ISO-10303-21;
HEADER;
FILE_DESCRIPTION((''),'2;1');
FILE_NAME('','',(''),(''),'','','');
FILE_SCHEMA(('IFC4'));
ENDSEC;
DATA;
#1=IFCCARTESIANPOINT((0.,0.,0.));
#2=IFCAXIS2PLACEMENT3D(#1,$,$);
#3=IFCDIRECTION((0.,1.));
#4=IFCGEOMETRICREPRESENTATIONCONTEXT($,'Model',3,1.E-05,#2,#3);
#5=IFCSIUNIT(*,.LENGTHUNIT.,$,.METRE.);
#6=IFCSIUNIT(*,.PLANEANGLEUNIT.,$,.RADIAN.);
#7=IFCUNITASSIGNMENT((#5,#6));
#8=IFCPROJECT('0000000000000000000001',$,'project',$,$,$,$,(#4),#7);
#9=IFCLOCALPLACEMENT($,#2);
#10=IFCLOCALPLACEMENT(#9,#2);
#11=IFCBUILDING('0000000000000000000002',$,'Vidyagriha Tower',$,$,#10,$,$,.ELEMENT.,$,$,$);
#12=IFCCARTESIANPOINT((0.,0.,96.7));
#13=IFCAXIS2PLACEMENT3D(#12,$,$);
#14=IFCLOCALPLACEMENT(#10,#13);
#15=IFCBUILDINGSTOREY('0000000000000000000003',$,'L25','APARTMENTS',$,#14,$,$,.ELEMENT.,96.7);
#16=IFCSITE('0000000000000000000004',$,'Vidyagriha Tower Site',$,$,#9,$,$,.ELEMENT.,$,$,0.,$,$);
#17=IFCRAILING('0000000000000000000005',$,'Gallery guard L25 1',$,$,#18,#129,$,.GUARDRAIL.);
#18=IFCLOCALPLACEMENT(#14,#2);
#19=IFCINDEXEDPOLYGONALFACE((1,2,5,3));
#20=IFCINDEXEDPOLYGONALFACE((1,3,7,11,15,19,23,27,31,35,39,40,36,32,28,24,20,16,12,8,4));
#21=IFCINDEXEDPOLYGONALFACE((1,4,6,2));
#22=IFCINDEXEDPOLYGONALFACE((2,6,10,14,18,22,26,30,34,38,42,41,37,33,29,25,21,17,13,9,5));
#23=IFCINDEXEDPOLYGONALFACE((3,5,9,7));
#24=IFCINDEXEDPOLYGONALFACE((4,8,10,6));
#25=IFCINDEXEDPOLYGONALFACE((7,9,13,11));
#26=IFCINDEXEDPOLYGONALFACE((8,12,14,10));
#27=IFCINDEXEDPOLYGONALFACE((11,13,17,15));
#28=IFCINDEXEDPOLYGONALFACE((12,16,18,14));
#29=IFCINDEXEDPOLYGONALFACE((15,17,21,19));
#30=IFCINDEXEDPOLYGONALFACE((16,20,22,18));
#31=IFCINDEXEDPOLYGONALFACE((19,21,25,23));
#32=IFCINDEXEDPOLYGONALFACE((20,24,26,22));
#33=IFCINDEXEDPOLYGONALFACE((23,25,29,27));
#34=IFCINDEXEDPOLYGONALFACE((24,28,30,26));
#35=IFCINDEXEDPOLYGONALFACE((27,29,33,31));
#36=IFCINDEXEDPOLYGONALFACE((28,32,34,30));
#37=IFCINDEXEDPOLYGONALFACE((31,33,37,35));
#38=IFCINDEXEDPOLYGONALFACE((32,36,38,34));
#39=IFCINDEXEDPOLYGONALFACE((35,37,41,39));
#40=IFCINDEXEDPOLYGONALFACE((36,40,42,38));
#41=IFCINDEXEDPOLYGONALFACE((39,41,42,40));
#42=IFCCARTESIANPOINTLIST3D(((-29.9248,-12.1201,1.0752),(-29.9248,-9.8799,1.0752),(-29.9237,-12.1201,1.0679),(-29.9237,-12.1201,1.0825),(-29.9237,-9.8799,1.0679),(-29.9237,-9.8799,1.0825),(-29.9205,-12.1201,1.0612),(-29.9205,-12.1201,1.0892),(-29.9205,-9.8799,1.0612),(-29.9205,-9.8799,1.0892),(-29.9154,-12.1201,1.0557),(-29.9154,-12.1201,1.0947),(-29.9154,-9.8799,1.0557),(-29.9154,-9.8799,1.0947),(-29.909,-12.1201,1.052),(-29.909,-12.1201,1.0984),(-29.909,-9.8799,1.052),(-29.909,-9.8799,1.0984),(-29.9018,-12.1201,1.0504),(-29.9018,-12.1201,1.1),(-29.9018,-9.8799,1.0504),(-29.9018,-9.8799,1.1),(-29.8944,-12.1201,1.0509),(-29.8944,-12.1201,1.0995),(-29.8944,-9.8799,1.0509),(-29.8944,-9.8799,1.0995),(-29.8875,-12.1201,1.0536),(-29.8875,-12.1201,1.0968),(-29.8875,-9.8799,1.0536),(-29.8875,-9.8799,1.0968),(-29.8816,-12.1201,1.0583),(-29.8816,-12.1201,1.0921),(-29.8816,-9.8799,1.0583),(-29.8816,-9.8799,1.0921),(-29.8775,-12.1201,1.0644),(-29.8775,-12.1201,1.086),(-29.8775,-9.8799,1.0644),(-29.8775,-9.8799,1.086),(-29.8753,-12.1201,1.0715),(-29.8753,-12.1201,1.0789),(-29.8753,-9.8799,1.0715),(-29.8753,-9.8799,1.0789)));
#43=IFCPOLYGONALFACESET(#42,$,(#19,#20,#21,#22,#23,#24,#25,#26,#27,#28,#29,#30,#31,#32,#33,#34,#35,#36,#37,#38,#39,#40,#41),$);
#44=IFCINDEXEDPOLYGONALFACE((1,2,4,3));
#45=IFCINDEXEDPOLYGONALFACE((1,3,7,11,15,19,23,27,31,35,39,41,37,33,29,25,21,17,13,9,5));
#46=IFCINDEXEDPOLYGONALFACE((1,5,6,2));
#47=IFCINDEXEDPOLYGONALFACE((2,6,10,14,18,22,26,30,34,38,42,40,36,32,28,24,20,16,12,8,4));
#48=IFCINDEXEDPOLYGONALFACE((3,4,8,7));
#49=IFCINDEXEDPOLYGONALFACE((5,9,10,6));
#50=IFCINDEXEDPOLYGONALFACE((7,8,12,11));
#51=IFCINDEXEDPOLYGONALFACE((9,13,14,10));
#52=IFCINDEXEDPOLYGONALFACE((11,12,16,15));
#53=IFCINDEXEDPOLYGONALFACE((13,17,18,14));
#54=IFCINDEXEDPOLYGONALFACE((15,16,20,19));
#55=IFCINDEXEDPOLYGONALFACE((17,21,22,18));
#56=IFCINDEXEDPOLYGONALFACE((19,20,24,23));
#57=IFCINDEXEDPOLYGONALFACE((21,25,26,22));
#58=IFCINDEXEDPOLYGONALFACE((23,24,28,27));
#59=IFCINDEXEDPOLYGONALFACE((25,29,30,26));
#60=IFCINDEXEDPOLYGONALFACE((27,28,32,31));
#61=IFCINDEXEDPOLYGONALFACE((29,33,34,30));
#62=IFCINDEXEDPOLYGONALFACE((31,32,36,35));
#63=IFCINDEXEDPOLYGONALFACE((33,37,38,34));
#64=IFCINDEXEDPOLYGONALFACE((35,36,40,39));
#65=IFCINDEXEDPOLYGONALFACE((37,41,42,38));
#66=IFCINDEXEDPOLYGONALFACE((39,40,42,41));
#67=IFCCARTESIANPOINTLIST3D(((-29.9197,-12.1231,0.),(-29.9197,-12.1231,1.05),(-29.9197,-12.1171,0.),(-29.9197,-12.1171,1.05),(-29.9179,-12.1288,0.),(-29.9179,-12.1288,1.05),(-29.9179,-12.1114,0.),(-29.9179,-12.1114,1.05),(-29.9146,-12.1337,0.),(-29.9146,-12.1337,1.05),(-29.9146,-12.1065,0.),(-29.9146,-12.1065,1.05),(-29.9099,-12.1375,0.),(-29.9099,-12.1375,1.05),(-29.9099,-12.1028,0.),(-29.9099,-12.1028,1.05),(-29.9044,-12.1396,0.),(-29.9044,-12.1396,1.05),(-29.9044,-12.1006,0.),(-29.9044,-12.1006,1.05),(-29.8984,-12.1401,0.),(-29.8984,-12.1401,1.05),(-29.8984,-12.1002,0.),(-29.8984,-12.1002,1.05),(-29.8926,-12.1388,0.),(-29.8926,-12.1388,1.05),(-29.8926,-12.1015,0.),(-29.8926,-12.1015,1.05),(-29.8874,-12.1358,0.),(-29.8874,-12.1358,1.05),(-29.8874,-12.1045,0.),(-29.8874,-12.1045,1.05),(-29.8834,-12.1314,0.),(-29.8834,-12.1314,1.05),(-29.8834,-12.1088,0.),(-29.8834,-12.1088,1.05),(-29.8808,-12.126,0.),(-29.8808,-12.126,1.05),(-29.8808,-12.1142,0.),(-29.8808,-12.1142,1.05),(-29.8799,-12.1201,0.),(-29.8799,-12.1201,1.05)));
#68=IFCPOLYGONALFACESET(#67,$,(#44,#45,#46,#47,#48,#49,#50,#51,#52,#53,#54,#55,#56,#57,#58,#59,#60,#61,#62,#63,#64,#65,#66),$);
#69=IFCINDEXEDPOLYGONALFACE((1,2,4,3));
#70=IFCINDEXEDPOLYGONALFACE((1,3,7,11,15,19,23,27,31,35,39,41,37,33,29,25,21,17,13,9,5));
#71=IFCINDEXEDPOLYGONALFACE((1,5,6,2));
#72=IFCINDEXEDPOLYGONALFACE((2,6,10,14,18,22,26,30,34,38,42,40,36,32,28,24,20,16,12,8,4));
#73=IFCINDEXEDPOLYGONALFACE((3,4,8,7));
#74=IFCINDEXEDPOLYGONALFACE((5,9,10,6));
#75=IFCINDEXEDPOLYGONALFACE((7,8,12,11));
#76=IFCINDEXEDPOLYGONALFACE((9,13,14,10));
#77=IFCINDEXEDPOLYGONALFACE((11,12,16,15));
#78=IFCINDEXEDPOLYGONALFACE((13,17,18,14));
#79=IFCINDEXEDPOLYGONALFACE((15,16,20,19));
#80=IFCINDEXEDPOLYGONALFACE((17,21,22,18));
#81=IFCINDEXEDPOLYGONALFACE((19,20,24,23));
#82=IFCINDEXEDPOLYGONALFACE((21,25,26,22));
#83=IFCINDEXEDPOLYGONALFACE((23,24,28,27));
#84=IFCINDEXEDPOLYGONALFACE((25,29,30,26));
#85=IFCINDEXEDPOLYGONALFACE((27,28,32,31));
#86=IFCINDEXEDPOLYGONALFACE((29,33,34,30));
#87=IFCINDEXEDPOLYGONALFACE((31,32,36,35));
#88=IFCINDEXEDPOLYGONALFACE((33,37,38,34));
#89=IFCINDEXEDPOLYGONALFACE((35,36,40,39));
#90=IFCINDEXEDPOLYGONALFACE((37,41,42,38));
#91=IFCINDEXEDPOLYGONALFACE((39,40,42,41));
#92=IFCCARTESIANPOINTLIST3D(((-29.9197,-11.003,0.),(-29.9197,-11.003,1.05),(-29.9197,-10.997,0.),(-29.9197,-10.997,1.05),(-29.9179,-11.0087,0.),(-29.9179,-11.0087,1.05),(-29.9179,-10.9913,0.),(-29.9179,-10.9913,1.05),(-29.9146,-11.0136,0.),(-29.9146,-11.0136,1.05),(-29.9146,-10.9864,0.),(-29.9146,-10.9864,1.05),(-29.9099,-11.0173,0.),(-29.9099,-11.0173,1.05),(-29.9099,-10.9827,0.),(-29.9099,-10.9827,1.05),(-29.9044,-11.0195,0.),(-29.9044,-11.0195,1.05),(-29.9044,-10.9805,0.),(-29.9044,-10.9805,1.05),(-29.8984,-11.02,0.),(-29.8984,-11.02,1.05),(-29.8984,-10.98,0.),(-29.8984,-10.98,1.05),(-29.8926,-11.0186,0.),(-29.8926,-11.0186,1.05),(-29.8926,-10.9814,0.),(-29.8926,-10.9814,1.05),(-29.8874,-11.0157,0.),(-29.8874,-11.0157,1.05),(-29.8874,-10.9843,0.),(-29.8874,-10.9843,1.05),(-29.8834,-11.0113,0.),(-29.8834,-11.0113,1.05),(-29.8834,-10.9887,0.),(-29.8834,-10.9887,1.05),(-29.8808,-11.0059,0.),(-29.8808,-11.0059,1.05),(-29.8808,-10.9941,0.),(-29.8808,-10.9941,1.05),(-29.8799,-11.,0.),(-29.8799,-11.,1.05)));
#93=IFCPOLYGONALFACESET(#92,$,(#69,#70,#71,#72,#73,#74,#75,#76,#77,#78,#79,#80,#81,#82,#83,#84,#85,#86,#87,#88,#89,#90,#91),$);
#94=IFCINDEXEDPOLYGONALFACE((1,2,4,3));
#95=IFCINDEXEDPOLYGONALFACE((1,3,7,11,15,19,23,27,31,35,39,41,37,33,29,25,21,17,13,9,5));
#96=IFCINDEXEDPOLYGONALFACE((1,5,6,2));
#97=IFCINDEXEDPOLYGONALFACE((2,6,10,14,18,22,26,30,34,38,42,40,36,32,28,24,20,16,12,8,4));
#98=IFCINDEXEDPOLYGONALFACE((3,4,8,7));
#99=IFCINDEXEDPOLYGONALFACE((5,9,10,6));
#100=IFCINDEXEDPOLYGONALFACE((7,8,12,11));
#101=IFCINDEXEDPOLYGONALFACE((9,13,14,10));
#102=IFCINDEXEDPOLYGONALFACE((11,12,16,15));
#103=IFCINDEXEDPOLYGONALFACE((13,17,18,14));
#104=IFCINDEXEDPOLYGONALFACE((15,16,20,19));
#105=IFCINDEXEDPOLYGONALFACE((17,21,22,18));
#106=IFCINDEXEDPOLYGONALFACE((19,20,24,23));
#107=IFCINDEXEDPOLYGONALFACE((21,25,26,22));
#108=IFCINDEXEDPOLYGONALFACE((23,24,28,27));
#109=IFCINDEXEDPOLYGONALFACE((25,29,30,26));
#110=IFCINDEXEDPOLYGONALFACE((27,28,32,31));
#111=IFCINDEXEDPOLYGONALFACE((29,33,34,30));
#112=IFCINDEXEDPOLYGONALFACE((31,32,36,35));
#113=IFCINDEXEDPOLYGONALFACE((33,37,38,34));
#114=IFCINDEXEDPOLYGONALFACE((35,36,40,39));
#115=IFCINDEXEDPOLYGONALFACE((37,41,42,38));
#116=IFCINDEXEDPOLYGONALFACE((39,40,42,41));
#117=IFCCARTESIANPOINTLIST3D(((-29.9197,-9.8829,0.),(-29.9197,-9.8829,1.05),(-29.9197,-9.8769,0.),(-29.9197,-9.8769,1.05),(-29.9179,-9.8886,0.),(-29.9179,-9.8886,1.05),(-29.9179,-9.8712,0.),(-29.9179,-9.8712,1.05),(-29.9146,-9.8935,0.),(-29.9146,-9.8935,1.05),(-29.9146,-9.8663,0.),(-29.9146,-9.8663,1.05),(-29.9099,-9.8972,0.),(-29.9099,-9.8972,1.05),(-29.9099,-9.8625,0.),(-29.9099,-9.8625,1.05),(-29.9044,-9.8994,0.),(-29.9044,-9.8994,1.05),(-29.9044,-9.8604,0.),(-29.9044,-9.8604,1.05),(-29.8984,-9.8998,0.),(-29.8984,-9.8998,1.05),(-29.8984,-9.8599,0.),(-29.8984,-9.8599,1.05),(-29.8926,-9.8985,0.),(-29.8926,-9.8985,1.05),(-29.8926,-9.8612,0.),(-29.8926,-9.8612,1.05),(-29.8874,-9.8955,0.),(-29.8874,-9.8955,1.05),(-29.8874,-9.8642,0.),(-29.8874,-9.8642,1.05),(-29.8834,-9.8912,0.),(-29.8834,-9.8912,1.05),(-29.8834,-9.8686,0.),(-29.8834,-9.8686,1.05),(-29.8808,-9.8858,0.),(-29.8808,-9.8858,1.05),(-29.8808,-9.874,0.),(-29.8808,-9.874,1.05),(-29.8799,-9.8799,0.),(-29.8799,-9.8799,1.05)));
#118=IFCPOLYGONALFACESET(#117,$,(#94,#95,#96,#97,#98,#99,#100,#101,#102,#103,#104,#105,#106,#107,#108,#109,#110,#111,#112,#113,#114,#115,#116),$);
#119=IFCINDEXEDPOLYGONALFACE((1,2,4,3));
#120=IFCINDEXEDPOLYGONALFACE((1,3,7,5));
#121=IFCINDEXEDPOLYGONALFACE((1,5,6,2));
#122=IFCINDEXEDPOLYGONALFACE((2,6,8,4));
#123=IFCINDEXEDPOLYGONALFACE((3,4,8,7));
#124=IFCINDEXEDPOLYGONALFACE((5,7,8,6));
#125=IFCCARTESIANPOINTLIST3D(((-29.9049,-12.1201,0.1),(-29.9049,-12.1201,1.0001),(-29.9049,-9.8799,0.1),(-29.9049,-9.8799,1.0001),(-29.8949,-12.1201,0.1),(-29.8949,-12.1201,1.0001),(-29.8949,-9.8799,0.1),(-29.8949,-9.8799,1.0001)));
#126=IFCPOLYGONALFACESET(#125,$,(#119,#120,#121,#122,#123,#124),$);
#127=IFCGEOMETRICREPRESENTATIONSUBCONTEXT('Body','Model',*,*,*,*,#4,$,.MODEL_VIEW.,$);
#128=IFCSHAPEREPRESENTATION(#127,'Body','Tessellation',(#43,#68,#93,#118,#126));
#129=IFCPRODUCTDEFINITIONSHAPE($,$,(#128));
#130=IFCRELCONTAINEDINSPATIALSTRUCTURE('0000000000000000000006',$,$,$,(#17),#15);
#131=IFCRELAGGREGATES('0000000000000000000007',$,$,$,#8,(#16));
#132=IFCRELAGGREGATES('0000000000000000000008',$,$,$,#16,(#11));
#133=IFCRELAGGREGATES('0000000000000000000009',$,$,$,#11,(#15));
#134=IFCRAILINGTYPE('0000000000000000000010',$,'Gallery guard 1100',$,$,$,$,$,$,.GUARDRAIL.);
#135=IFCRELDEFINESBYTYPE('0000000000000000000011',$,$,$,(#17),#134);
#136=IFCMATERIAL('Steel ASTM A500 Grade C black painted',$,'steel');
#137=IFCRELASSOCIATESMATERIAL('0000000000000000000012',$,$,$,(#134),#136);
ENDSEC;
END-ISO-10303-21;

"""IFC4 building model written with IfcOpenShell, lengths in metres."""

from ifc_helpers import new_model, si_unit, direction, frame, origin, origin_2d, place, context, subcontext, project, spatial, rectangle, circle, extrude, material, type_object, element, save


model = new_model("IFC4")

# Units and contexts
model_context = context("Model", 3, precision=1e-05, world=origin(), true_north=direction((0.0, 1.0)))
body_context = subcontext(model_context, "Body", "Model", "MODEL_VIEW")
ifc_project = project(units=[si_unit("LENGTHUNIT", "METRE"), si_unit("PLANEANGLEUNIT", "RADIAN")], contexts=[model_context])

# Site, building, storey
site_placement = place(None, origin())
site = spatial("IfcSite", under=ifc_project, at=site_placement, Name="Vidyagriha Tower Site", CompositionType="ELEMENT", RefElevation=0.0)
building_placement = place(site_placement, origin())
building = spatial("IfcBuilding", under=site, at=building_placement, Name="Vidyagriha Tower", CompositionType="ELEMENT")
storey_placement = place(building_placement, frame((0.0, 0.0, 96.7)))
storey = spatial("IfcBuildingStorey", under=building, at=storey_placement, Name="L25", Description="APARTMENTS", CompositionType="ELEMENT", Elevation=96.7)

# Railing
ifc_material_1 = material(Name="Steel ASTM A500 Grade C black painted", Category="steel")
railing_type_1 = type_object("IfcRailingType", Name="Gallery guard 1100", PredefinedType="GUARDRAIL", material=ifc_material_1)
railing_1_placement = place(storey_placement, frame((-29.8999, -12.1201, 0.0)))
element("IfcRailing", 1, at=railing_1_placement, inside=storey, type_object=railing_type_1, Name="Gallery guard L25 1", PredefinedType="GUARDRAIL", context=body_context, shape_type="SweptSolid", body=[
    extrude(circle(Radius=0.0249, at=origin_2d()), frame((0.0, 0.0, 1.0752), z_axis=(0.0, 1.0, 0.0), x_axis=(-1.0, 0.0, 0.0)), (0.0, 0.0, 1.0), 2.2402),
    extrude(circle(Radius=0.02, at=origin_2d()), origin(), (0.0, 0.0, 1.0), 1.05),
    extrude(circle(Radius=0.02, at=origin_2d()), frame((0.0, 1.1201, 0.0)), (0.0, 0.0, 1.0), 1.05),
    extrude(circle(Radius=0.02, at=origin_2d()), frame((0.0, 2.2402, 0.0)), (0.0, 0.0, 1.0), 1.05),
    extrude(rectangle(XDim=0.01, YDim=0.9001, at=origin_2d()), frame((0.0, 0.0, 0.55), z_axis=(0.0, 1.0, 0.0), x_axis=(-1.0, 0.0, 0.0)), (0.0, 0.0, 1.0), 2.2402),
])

save(model, "model.ifc")
